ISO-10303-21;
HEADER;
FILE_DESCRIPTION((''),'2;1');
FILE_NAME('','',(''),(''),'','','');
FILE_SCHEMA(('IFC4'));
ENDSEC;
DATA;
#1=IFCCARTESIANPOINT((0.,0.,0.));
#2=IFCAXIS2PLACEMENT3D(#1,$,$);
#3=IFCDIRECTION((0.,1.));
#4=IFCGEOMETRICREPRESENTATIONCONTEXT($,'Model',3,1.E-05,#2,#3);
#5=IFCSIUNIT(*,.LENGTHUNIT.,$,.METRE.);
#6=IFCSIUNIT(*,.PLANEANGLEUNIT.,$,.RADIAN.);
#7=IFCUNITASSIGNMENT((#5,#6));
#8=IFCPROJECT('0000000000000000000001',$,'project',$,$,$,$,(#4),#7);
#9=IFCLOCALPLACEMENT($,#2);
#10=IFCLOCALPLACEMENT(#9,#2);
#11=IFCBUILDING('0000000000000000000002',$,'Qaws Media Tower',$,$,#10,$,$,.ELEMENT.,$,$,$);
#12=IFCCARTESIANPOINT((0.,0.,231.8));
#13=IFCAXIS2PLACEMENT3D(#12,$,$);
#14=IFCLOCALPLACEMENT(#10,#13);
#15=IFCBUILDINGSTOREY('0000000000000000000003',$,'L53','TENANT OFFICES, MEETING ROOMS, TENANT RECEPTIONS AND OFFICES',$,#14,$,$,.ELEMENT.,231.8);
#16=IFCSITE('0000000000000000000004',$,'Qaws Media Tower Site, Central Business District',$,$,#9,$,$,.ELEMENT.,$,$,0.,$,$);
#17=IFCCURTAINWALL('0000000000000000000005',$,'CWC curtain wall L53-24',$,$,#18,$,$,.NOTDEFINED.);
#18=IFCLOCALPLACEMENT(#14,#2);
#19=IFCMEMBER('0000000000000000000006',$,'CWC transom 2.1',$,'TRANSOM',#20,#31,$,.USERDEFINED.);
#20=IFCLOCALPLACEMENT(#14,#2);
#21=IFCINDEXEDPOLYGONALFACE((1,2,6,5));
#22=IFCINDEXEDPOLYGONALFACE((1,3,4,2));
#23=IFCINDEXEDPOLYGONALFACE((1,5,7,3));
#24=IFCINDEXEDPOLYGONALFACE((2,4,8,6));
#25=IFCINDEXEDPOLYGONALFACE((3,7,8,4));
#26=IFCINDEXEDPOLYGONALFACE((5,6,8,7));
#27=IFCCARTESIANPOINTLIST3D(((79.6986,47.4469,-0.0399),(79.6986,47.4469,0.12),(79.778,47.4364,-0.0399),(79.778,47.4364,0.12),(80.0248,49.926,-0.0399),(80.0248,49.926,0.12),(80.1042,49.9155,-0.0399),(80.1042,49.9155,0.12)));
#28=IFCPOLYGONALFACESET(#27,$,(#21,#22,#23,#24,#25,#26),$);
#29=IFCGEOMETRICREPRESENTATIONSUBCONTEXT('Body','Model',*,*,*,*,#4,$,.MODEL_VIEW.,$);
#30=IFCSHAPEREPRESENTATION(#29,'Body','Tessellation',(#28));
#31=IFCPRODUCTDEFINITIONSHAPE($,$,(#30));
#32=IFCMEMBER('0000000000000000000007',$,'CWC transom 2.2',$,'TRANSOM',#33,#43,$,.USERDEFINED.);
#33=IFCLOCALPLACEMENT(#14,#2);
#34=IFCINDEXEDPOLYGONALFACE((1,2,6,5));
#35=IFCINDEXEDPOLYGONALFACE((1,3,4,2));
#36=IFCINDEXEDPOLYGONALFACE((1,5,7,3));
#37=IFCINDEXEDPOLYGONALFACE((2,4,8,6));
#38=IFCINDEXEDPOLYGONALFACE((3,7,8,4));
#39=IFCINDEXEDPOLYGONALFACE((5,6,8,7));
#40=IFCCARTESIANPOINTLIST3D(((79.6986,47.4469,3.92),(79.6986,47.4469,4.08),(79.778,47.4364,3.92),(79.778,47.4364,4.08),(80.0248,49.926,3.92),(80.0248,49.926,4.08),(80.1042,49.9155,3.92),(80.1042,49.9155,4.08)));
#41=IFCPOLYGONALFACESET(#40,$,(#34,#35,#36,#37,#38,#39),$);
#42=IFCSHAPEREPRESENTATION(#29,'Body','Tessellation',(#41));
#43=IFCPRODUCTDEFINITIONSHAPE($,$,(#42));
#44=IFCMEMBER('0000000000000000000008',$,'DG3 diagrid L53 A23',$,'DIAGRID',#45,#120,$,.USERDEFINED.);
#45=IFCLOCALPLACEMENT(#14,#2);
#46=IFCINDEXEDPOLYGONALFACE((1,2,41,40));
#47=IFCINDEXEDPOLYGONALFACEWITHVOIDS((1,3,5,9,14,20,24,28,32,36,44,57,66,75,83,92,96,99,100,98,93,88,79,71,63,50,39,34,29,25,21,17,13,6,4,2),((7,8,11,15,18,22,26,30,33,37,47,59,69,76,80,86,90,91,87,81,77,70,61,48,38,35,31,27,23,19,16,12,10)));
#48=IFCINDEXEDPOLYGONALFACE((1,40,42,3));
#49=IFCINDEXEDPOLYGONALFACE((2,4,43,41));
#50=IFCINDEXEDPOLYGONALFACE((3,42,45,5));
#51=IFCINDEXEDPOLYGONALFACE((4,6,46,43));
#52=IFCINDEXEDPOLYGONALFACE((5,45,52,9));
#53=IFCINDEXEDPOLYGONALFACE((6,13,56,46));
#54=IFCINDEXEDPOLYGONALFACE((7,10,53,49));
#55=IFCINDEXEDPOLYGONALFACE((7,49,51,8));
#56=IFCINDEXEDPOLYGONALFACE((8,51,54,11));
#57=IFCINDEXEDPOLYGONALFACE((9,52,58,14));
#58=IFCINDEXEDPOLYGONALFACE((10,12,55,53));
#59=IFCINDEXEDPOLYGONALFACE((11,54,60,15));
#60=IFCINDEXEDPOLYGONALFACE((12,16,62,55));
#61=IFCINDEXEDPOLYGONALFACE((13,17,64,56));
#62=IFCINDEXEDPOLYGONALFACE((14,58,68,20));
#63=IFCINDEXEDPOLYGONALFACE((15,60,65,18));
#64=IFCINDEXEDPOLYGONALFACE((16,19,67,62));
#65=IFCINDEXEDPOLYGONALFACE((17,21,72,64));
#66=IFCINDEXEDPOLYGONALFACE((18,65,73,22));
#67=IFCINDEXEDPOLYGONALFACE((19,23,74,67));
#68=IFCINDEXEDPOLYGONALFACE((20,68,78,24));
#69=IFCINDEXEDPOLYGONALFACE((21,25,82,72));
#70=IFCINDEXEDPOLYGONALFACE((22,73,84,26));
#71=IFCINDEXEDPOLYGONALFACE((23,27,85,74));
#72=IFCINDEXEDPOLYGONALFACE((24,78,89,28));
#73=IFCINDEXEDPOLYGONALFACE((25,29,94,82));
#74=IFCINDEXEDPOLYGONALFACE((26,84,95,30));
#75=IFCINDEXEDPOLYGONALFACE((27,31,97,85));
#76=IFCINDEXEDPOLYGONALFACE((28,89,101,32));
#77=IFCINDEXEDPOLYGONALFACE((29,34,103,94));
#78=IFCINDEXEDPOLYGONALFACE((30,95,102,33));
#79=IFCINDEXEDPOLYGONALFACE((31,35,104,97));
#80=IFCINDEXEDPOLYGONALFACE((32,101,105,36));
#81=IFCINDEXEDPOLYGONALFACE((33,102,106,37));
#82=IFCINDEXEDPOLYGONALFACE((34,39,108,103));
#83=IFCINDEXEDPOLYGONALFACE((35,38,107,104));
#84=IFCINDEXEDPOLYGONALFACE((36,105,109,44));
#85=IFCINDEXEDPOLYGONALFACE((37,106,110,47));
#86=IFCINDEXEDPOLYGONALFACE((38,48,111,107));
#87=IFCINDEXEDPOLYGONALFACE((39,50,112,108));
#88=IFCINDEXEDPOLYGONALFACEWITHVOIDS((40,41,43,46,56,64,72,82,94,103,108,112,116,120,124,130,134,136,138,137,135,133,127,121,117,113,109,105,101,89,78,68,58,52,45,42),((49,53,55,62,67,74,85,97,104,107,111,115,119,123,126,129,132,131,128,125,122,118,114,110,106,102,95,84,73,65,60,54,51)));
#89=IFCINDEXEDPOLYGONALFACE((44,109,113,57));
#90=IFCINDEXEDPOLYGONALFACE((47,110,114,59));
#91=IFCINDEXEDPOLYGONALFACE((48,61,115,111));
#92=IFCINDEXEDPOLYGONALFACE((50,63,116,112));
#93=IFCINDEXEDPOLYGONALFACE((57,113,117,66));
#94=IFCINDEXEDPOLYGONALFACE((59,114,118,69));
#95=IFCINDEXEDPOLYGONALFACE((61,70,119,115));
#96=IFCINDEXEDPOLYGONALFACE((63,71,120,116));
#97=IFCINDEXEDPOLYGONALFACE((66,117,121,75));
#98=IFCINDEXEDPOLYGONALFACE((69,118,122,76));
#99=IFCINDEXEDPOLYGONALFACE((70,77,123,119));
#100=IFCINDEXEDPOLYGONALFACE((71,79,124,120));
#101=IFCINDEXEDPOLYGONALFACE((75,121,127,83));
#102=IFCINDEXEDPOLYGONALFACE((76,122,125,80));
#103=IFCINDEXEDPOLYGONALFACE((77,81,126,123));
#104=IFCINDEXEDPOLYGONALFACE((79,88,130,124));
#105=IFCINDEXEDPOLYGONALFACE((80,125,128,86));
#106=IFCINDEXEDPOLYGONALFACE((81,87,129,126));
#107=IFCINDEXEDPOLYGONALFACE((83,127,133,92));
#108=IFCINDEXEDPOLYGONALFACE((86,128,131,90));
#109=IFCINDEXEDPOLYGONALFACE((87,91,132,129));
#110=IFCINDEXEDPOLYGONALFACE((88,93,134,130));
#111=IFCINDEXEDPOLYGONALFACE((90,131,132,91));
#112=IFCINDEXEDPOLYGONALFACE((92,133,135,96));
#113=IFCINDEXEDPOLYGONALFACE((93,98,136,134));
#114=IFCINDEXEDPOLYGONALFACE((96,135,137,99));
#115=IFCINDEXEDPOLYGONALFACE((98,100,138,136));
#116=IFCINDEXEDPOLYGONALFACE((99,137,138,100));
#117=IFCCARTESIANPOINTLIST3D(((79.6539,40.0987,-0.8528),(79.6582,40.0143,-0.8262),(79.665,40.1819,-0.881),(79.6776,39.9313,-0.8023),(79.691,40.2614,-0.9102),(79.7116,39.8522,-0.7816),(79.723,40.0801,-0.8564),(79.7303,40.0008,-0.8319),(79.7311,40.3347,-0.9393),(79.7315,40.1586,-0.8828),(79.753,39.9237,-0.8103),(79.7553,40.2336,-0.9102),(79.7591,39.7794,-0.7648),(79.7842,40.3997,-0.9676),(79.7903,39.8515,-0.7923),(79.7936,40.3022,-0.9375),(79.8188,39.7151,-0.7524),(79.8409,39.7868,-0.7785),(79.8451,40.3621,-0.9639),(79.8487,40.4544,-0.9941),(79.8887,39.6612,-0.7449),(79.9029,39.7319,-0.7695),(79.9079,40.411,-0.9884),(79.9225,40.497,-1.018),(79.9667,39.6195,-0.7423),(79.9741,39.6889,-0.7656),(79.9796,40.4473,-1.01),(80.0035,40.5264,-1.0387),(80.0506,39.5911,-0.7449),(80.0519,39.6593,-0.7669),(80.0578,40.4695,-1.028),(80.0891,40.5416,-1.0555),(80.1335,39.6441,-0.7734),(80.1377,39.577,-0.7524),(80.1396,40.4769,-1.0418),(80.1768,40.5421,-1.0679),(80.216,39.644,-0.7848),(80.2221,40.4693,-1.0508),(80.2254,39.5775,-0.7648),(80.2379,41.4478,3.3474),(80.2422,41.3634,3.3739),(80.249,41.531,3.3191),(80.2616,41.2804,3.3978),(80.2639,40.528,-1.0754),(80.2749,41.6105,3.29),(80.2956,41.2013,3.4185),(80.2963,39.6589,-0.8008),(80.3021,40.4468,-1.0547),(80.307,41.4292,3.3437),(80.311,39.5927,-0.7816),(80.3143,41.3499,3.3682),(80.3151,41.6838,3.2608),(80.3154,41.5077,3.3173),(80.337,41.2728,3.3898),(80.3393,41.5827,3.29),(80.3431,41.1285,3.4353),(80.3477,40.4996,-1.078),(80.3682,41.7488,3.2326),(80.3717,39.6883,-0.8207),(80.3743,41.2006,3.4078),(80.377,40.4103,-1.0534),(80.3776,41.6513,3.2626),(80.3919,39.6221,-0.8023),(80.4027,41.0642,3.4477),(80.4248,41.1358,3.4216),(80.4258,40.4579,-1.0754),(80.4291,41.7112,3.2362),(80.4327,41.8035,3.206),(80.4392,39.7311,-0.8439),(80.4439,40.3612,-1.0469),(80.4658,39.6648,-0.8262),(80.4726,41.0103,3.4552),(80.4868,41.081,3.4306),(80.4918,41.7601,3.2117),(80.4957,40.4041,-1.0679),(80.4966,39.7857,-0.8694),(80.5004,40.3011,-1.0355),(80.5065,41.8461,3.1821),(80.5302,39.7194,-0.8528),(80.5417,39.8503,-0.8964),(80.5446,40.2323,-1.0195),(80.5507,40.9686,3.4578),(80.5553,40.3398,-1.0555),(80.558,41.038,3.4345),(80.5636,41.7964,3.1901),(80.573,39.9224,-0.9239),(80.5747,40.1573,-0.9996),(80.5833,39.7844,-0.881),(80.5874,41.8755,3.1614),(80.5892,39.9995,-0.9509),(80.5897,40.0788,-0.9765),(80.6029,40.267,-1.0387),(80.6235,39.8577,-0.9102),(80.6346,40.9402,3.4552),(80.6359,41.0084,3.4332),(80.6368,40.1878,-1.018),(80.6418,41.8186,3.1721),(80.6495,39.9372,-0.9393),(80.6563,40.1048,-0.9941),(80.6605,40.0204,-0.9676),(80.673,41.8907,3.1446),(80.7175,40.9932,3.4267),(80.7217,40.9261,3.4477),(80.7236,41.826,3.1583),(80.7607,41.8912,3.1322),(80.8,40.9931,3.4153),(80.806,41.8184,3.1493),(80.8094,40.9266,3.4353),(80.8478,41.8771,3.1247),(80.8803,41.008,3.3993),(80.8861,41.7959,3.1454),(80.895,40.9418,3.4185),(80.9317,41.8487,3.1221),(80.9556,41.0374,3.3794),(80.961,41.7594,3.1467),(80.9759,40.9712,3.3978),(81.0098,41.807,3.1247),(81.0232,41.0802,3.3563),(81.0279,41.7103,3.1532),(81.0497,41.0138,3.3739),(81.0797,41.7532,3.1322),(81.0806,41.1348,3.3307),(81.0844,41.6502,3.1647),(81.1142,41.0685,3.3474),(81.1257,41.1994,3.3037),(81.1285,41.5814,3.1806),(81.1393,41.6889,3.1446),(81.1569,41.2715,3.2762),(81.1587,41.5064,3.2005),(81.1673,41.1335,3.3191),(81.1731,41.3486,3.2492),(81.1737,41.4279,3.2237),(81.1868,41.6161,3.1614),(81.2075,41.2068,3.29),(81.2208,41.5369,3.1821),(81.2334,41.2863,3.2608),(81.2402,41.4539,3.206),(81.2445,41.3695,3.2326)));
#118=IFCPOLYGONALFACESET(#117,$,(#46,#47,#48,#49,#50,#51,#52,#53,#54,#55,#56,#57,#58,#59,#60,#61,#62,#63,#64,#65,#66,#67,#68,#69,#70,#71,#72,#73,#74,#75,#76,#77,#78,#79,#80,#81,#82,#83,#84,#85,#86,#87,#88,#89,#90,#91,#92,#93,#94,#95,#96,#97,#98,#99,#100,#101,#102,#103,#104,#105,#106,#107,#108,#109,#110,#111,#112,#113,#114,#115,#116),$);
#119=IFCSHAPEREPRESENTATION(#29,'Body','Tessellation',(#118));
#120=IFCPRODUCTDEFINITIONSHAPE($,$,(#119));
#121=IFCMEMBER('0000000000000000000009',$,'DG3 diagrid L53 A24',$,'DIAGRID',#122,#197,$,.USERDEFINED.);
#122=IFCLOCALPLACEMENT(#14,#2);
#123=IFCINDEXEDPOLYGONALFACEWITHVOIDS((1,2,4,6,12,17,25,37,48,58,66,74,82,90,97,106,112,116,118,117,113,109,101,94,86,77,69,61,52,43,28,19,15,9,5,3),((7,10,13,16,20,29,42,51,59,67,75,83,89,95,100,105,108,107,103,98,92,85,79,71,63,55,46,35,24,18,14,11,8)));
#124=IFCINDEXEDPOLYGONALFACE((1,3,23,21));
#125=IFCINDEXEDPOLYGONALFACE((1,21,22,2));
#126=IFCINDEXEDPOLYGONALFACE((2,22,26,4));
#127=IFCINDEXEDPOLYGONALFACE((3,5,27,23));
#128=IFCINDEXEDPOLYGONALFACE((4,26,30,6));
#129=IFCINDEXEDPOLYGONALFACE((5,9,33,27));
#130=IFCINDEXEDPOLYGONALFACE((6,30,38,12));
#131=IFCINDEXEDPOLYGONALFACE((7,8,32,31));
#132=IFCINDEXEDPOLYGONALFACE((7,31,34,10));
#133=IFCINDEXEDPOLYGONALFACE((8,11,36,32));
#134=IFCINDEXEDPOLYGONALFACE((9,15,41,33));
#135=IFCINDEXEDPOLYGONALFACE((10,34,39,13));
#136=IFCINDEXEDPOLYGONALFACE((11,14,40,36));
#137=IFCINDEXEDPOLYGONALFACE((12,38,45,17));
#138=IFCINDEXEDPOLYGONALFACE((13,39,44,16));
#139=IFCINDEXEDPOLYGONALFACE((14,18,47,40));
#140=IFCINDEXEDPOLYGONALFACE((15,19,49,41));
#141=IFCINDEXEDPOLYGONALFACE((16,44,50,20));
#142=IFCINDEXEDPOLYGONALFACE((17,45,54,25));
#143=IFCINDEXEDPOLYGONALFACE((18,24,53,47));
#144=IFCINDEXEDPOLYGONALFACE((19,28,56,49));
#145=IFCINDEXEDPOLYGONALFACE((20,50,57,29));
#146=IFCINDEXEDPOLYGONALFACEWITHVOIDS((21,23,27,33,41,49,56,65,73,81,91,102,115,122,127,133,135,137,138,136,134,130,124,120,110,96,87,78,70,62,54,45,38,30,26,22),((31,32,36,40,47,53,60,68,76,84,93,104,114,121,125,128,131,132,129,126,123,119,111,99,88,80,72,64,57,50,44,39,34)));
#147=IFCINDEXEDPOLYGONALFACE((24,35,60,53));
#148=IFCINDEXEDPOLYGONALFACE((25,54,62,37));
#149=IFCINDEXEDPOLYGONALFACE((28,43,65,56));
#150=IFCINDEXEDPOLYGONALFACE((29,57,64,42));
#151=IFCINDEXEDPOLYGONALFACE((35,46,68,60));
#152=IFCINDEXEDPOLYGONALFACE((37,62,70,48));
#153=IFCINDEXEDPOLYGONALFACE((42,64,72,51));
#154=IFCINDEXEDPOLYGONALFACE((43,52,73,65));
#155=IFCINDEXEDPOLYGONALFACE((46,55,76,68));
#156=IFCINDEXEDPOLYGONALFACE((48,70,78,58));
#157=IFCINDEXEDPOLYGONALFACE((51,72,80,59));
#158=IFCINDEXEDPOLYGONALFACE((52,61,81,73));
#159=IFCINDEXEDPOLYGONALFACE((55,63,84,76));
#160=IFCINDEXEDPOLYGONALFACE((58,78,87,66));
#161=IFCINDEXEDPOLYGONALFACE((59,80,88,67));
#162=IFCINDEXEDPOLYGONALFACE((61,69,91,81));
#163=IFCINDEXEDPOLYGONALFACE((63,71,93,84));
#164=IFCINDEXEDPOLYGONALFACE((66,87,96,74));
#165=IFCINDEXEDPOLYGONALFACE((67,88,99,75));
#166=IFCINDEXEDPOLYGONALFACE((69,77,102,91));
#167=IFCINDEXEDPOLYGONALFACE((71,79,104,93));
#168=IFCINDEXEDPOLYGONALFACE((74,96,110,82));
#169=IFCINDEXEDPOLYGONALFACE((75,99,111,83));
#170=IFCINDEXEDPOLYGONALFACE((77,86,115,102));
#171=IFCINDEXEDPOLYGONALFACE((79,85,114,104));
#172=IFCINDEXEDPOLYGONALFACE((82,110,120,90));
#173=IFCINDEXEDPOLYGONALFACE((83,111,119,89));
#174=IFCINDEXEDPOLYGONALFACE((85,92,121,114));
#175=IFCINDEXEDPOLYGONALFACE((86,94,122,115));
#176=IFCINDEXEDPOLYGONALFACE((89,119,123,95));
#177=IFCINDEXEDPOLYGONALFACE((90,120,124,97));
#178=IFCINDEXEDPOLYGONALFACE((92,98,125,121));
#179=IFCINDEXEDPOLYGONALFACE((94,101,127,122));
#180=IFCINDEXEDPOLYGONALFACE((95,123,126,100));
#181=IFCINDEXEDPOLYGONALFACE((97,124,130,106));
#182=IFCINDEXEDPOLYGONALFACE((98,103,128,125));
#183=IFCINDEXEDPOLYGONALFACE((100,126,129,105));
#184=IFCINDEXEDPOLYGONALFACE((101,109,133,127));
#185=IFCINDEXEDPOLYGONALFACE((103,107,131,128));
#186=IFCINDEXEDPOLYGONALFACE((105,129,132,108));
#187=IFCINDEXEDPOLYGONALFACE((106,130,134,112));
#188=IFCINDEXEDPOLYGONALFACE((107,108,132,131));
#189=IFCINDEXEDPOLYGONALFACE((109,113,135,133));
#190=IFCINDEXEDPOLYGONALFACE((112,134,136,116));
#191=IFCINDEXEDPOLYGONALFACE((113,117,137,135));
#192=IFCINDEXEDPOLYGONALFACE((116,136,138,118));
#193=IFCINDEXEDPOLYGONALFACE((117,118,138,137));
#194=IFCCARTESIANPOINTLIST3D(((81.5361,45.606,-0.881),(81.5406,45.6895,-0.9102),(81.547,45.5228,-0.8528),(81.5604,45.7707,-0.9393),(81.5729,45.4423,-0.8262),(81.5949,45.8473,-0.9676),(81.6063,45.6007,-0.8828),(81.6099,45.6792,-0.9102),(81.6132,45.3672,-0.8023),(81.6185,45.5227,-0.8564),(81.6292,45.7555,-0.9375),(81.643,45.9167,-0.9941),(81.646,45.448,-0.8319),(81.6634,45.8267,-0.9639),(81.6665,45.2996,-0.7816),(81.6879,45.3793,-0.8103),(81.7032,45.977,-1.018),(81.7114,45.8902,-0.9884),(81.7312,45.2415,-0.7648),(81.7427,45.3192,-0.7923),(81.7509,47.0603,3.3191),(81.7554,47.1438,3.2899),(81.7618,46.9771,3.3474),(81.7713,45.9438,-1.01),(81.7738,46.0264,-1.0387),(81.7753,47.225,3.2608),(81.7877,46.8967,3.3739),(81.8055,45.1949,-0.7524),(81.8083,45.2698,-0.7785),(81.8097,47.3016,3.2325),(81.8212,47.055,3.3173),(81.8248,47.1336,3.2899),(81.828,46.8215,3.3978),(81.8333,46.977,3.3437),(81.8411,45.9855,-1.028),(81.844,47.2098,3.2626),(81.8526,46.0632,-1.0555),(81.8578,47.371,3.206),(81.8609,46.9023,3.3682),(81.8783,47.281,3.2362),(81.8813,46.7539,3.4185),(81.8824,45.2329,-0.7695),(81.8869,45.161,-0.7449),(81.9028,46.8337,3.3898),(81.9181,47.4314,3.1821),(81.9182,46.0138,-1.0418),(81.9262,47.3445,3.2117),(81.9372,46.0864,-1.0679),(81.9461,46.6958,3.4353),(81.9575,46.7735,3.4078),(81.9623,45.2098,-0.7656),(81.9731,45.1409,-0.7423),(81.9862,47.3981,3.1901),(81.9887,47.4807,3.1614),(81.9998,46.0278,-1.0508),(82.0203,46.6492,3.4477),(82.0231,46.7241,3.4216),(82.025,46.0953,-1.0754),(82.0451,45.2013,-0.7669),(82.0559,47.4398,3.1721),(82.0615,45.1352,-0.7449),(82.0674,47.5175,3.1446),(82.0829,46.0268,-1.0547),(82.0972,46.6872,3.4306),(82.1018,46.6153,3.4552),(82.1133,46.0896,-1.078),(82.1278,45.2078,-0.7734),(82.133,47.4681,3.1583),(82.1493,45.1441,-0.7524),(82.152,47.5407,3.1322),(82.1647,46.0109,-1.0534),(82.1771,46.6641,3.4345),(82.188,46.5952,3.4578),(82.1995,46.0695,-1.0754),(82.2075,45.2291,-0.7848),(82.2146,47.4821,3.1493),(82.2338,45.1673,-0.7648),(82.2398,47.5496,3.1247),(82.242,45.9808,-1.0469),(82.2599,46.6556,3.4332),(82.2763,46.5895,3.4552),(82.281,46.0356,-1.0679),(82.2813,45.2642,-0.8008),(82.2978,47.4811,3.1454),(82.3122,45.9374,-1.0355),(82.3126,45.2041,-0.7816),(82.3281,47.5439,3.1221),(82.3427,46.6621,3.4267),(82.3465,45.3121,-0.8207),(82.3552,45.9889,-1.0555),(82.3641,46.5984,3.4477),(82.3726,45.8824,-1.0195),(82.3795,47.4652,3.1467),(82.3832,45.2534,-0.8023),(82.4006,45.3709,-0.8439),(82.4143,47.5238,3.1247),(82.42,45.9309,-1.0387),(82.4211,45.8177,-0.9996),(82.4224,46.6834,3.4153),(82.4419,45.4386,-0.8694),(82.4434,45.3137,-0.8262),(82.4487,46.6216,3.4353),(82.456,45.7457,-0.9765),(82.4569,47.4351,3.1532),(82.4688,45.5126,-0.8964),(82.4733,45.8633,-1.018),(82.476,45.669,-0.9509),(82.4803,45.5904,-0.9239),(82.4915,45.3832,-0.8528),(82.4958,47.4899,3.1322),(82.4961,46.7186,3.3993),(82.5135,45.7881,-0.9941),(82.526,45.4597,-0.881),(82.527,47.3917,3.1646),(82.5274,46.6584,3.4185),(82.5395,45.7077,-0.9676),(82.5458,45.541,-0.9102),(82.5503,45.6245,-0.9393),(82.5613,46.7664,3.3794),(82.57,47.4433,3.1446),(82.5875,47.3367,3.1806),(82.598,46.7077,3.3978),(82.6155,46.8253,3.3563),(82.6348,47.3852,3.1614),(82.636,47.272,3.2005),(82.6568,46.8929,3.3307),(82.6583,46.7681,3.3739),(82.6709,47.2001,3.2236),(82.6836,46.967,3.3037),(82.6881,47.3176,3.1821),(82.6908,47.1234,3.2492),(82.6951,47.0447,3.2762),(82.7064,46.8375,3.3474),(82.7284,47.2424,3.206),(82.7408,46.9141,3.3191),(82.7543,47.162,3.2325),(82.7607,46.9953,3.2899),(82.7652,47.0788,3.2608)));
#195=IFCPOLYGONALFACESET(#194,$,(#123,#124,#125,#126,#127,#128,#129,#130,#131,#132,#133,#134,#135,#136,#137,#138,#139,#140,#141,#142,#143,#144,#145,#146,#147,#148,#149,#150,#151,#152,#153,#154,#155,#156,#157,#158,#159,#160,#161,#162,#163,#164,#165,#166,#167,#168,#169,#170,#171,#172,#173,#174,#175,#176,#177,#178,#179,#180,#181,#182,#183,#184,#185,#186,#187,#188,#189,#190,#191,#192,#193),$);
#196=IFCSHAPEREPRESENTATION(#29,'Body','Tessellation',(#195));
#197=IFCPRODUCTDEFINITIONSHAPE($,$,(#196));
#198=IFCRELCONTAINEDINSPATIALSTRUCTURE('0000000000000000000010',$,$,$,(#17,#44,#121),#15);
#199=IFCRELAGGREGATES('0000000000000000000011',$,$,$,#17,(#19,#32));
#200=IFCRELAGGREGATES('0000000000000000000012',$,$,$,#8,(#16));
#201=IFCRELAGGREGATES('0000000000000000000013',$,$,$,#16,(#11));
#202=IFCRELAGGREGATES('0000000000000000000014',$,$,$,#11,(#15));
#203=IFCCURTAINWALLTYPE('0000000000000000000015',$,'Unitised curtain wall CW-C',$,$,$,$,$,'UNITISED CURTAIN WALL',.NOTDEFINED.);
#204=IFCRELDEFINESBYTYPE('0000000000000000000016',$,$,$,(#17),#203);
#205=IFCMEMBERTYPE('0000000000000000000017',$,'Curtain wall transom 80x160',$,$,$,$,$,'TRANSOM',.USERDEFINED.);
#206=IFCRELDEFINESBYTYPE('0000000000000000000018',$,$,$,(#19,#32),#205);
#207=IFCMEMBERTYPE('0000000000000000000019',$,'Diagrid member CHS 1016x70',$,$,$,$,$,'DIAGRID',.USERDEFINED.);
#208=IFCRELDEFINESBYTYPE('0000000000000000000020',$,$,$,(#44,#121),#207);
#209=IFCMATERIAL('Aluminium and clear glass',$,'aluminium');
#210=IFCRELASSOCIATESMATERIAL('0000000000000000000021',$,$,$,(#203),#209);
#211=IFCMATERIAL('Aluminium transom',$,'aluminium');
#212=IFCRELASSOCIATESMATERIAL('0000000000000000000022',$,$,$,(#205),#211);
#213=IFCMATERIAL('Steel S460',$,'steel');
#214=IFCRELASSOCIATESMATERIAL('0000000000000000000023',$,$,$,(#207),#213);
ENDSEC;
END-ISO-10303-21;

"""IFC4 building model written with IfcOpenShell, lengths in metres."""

from ifc_helpers import new_model, si_unit, direction, frame, origin, origin_2d, place, context, subcontext, project, spatial, rectangle, hollow_circle, extrude, material, material_profile, profile_set, type_object, element, aggregate, save


model = new_model("IFC4")

# Units and contexts
model_context = context("Model", 3, precision=1e-05, world=origin(), true_north=direction((0.0, 1.0)))
body_context = subcontext(model_context, "Body", "Model", "MODEL_VIEW")
ifc_project = project(units=[si_unit("LENGTHUNIT", "METRE"), si_unit("PLANEANGLEUNIT", "RADIAN")], contexts=[model_context])

# Site, building, storey
site_placement = place(None, origin())
site = spatial("IfcSite", under=ifc_project, at=site_placement, Name="Qaws Media Tower Site, Central Business District", CompositionType="ELEMENT", RefElevation=0.0)
building_placement = place(site_placement, origin())
building = spatial("IfcBuilding", under=site, at=building_placement, Name="Qaws Media Tower", CompositionType="ELEMENT")
storey_placement = place(building_placement, frame((0.0, 0.0, 231.8)))
storey = spatial("IfcBuildingStorey", under=building, at=storey_placement, Name="L53", Description="TENANT OFFICES, MEETING ROOMS, TENANT RECEPTIONS AND OFFICES", CompositionType="ELEMENT", Elevation=231.8)

# Curtain wall
ifc_material_1 = material(Name="Aluminium and clear glass", Category="aluminium")
curtain_wall_type = type_object("IfcCurtainWallType", Name="Unitised curtain wall CW-C", ElementType="UNITISED CURTAIN WALL", PredefinedType="NOTDEFINED", material=ifc_material_1)
curtain_wall_1_placement = place(storey_placement, origin())
curtain_wall_1 = element("IfcCurtainWall", 1, at=curtain_wall_1_placement, inside=storey, type_object=curtain_wall_type, Name="CWC curtain wall L53-24", PredefinedType="NOTDEFINED")

# Members
ifc_material_2 = material(Name="Aluminium transom", Category="aluminium")
ifc_material_profile_1 = material_profile(ifc_material_2, rectangle(XDim=0.0801, YDim=0.1599, at=origin_2d()), Name="80x160")
ifc_profile_set_1 = profile_set([ifc_material_profile_1], Name="Aluminium transom")
member_type_1 = type_object("IfcMemberType", Name="Curtain wall transom 80x160", ElementType="TRANSOM", PredefinedType="USERDEFINED", material=ifc_profile_set_1)
member_1_placement = place(storey_placement, frame((79.7383, 47.4417, 0.04), z_axis=(0.130449, 0.991455, 0.0), x_axis=(-0.991455, 0.130449, 0.0)))
member_1 = element("IfcMember", 2, at=member_1_placement, type_object=member_type_1, Name="CWC transom 2.1", ObjectType="TRANSOM", PredefinedType="USERDEFINED", context=body_context, shape_type="SweptSolid", body=[
    extrude(rectangle(XDim=0.0801, YDim=0.1599, at=origin_2d()), origin(), (0.0, 0.0, 1.0), 2.5005),
])
member_2_placement = place(storey_placement, frame((79.7383, 47.4417, 4.0), z_axis=(0.130449, 0.991455, 0.0), x_axis=(-0.991455, 0.130449, 0.0)))
member_2 = element("IfcMember", 3, at=member_2_placement, type_object=member_type_1, Name="CWC transom 2.2", ObjectType="TRANSOM", PredefinedType="USERDEFINED", context=body_context, shape_type="SweptSolid", body=[
    extrude(rectangle(XDim=0.0801, YDim=0.1599, at=origin_2d()), origin(), (0.0, 0.0, 1.0), 2.5005),
])

# Members
ifc_material_3 = material(Name="Steel S460", Category="steel")
ifc_material_profile_2 = material_profile(ifc_material_3, hollow_circle(Radius=0.5081, WallThickness=0.0701, at=origin_2d()), Name="CHS 1016x70")
ifc_profile_set_2 = profile_set([ifc_material_profile_2], Name="Steel S460")
member_type_2 = type_object("IfcMemberType", Name="Diagrid member CHS 1016x70", ElementType="DIAGRID", PredefinedType="USERDEFINED", material=ifc_profile_set_2)
for number, where, z_axis, x_axis, name in (
    (4, (80.1572, 40.0596, -0.9102), (0.131231, 0.303171, 0.943857), (-0.917713, 0.397244, 0.0), "DG3 diagrid L53 A23"),
    (5, (82.0432, 45.6152, -0.9102), (0.048279, 0.326816, 0.943854), (-0.989264, 0.146139, 0.0), "DG3 diagrid L53 A24"),
):
    element("IfcMember", number, at=place(storey_placement, frame(where, z_axis=z_axis, x_axis=x_axis)), inside=storey, type_object=member_type_2, Name=name, ObjectType="DIAGRID", PredefinedType="USERDEFINED", context=body_context, shape_type="SweptSolid", body=[
        extrude(hollow_circle(Radius=0.5081, WallThickness=0.0701, at=origin_2d()), origin(), (0.0, 0.0, 1.0), 4.45),
    ])

aggregate(curtain_wall_1, [member_1, member_2])

save(model, "model.ifc")
